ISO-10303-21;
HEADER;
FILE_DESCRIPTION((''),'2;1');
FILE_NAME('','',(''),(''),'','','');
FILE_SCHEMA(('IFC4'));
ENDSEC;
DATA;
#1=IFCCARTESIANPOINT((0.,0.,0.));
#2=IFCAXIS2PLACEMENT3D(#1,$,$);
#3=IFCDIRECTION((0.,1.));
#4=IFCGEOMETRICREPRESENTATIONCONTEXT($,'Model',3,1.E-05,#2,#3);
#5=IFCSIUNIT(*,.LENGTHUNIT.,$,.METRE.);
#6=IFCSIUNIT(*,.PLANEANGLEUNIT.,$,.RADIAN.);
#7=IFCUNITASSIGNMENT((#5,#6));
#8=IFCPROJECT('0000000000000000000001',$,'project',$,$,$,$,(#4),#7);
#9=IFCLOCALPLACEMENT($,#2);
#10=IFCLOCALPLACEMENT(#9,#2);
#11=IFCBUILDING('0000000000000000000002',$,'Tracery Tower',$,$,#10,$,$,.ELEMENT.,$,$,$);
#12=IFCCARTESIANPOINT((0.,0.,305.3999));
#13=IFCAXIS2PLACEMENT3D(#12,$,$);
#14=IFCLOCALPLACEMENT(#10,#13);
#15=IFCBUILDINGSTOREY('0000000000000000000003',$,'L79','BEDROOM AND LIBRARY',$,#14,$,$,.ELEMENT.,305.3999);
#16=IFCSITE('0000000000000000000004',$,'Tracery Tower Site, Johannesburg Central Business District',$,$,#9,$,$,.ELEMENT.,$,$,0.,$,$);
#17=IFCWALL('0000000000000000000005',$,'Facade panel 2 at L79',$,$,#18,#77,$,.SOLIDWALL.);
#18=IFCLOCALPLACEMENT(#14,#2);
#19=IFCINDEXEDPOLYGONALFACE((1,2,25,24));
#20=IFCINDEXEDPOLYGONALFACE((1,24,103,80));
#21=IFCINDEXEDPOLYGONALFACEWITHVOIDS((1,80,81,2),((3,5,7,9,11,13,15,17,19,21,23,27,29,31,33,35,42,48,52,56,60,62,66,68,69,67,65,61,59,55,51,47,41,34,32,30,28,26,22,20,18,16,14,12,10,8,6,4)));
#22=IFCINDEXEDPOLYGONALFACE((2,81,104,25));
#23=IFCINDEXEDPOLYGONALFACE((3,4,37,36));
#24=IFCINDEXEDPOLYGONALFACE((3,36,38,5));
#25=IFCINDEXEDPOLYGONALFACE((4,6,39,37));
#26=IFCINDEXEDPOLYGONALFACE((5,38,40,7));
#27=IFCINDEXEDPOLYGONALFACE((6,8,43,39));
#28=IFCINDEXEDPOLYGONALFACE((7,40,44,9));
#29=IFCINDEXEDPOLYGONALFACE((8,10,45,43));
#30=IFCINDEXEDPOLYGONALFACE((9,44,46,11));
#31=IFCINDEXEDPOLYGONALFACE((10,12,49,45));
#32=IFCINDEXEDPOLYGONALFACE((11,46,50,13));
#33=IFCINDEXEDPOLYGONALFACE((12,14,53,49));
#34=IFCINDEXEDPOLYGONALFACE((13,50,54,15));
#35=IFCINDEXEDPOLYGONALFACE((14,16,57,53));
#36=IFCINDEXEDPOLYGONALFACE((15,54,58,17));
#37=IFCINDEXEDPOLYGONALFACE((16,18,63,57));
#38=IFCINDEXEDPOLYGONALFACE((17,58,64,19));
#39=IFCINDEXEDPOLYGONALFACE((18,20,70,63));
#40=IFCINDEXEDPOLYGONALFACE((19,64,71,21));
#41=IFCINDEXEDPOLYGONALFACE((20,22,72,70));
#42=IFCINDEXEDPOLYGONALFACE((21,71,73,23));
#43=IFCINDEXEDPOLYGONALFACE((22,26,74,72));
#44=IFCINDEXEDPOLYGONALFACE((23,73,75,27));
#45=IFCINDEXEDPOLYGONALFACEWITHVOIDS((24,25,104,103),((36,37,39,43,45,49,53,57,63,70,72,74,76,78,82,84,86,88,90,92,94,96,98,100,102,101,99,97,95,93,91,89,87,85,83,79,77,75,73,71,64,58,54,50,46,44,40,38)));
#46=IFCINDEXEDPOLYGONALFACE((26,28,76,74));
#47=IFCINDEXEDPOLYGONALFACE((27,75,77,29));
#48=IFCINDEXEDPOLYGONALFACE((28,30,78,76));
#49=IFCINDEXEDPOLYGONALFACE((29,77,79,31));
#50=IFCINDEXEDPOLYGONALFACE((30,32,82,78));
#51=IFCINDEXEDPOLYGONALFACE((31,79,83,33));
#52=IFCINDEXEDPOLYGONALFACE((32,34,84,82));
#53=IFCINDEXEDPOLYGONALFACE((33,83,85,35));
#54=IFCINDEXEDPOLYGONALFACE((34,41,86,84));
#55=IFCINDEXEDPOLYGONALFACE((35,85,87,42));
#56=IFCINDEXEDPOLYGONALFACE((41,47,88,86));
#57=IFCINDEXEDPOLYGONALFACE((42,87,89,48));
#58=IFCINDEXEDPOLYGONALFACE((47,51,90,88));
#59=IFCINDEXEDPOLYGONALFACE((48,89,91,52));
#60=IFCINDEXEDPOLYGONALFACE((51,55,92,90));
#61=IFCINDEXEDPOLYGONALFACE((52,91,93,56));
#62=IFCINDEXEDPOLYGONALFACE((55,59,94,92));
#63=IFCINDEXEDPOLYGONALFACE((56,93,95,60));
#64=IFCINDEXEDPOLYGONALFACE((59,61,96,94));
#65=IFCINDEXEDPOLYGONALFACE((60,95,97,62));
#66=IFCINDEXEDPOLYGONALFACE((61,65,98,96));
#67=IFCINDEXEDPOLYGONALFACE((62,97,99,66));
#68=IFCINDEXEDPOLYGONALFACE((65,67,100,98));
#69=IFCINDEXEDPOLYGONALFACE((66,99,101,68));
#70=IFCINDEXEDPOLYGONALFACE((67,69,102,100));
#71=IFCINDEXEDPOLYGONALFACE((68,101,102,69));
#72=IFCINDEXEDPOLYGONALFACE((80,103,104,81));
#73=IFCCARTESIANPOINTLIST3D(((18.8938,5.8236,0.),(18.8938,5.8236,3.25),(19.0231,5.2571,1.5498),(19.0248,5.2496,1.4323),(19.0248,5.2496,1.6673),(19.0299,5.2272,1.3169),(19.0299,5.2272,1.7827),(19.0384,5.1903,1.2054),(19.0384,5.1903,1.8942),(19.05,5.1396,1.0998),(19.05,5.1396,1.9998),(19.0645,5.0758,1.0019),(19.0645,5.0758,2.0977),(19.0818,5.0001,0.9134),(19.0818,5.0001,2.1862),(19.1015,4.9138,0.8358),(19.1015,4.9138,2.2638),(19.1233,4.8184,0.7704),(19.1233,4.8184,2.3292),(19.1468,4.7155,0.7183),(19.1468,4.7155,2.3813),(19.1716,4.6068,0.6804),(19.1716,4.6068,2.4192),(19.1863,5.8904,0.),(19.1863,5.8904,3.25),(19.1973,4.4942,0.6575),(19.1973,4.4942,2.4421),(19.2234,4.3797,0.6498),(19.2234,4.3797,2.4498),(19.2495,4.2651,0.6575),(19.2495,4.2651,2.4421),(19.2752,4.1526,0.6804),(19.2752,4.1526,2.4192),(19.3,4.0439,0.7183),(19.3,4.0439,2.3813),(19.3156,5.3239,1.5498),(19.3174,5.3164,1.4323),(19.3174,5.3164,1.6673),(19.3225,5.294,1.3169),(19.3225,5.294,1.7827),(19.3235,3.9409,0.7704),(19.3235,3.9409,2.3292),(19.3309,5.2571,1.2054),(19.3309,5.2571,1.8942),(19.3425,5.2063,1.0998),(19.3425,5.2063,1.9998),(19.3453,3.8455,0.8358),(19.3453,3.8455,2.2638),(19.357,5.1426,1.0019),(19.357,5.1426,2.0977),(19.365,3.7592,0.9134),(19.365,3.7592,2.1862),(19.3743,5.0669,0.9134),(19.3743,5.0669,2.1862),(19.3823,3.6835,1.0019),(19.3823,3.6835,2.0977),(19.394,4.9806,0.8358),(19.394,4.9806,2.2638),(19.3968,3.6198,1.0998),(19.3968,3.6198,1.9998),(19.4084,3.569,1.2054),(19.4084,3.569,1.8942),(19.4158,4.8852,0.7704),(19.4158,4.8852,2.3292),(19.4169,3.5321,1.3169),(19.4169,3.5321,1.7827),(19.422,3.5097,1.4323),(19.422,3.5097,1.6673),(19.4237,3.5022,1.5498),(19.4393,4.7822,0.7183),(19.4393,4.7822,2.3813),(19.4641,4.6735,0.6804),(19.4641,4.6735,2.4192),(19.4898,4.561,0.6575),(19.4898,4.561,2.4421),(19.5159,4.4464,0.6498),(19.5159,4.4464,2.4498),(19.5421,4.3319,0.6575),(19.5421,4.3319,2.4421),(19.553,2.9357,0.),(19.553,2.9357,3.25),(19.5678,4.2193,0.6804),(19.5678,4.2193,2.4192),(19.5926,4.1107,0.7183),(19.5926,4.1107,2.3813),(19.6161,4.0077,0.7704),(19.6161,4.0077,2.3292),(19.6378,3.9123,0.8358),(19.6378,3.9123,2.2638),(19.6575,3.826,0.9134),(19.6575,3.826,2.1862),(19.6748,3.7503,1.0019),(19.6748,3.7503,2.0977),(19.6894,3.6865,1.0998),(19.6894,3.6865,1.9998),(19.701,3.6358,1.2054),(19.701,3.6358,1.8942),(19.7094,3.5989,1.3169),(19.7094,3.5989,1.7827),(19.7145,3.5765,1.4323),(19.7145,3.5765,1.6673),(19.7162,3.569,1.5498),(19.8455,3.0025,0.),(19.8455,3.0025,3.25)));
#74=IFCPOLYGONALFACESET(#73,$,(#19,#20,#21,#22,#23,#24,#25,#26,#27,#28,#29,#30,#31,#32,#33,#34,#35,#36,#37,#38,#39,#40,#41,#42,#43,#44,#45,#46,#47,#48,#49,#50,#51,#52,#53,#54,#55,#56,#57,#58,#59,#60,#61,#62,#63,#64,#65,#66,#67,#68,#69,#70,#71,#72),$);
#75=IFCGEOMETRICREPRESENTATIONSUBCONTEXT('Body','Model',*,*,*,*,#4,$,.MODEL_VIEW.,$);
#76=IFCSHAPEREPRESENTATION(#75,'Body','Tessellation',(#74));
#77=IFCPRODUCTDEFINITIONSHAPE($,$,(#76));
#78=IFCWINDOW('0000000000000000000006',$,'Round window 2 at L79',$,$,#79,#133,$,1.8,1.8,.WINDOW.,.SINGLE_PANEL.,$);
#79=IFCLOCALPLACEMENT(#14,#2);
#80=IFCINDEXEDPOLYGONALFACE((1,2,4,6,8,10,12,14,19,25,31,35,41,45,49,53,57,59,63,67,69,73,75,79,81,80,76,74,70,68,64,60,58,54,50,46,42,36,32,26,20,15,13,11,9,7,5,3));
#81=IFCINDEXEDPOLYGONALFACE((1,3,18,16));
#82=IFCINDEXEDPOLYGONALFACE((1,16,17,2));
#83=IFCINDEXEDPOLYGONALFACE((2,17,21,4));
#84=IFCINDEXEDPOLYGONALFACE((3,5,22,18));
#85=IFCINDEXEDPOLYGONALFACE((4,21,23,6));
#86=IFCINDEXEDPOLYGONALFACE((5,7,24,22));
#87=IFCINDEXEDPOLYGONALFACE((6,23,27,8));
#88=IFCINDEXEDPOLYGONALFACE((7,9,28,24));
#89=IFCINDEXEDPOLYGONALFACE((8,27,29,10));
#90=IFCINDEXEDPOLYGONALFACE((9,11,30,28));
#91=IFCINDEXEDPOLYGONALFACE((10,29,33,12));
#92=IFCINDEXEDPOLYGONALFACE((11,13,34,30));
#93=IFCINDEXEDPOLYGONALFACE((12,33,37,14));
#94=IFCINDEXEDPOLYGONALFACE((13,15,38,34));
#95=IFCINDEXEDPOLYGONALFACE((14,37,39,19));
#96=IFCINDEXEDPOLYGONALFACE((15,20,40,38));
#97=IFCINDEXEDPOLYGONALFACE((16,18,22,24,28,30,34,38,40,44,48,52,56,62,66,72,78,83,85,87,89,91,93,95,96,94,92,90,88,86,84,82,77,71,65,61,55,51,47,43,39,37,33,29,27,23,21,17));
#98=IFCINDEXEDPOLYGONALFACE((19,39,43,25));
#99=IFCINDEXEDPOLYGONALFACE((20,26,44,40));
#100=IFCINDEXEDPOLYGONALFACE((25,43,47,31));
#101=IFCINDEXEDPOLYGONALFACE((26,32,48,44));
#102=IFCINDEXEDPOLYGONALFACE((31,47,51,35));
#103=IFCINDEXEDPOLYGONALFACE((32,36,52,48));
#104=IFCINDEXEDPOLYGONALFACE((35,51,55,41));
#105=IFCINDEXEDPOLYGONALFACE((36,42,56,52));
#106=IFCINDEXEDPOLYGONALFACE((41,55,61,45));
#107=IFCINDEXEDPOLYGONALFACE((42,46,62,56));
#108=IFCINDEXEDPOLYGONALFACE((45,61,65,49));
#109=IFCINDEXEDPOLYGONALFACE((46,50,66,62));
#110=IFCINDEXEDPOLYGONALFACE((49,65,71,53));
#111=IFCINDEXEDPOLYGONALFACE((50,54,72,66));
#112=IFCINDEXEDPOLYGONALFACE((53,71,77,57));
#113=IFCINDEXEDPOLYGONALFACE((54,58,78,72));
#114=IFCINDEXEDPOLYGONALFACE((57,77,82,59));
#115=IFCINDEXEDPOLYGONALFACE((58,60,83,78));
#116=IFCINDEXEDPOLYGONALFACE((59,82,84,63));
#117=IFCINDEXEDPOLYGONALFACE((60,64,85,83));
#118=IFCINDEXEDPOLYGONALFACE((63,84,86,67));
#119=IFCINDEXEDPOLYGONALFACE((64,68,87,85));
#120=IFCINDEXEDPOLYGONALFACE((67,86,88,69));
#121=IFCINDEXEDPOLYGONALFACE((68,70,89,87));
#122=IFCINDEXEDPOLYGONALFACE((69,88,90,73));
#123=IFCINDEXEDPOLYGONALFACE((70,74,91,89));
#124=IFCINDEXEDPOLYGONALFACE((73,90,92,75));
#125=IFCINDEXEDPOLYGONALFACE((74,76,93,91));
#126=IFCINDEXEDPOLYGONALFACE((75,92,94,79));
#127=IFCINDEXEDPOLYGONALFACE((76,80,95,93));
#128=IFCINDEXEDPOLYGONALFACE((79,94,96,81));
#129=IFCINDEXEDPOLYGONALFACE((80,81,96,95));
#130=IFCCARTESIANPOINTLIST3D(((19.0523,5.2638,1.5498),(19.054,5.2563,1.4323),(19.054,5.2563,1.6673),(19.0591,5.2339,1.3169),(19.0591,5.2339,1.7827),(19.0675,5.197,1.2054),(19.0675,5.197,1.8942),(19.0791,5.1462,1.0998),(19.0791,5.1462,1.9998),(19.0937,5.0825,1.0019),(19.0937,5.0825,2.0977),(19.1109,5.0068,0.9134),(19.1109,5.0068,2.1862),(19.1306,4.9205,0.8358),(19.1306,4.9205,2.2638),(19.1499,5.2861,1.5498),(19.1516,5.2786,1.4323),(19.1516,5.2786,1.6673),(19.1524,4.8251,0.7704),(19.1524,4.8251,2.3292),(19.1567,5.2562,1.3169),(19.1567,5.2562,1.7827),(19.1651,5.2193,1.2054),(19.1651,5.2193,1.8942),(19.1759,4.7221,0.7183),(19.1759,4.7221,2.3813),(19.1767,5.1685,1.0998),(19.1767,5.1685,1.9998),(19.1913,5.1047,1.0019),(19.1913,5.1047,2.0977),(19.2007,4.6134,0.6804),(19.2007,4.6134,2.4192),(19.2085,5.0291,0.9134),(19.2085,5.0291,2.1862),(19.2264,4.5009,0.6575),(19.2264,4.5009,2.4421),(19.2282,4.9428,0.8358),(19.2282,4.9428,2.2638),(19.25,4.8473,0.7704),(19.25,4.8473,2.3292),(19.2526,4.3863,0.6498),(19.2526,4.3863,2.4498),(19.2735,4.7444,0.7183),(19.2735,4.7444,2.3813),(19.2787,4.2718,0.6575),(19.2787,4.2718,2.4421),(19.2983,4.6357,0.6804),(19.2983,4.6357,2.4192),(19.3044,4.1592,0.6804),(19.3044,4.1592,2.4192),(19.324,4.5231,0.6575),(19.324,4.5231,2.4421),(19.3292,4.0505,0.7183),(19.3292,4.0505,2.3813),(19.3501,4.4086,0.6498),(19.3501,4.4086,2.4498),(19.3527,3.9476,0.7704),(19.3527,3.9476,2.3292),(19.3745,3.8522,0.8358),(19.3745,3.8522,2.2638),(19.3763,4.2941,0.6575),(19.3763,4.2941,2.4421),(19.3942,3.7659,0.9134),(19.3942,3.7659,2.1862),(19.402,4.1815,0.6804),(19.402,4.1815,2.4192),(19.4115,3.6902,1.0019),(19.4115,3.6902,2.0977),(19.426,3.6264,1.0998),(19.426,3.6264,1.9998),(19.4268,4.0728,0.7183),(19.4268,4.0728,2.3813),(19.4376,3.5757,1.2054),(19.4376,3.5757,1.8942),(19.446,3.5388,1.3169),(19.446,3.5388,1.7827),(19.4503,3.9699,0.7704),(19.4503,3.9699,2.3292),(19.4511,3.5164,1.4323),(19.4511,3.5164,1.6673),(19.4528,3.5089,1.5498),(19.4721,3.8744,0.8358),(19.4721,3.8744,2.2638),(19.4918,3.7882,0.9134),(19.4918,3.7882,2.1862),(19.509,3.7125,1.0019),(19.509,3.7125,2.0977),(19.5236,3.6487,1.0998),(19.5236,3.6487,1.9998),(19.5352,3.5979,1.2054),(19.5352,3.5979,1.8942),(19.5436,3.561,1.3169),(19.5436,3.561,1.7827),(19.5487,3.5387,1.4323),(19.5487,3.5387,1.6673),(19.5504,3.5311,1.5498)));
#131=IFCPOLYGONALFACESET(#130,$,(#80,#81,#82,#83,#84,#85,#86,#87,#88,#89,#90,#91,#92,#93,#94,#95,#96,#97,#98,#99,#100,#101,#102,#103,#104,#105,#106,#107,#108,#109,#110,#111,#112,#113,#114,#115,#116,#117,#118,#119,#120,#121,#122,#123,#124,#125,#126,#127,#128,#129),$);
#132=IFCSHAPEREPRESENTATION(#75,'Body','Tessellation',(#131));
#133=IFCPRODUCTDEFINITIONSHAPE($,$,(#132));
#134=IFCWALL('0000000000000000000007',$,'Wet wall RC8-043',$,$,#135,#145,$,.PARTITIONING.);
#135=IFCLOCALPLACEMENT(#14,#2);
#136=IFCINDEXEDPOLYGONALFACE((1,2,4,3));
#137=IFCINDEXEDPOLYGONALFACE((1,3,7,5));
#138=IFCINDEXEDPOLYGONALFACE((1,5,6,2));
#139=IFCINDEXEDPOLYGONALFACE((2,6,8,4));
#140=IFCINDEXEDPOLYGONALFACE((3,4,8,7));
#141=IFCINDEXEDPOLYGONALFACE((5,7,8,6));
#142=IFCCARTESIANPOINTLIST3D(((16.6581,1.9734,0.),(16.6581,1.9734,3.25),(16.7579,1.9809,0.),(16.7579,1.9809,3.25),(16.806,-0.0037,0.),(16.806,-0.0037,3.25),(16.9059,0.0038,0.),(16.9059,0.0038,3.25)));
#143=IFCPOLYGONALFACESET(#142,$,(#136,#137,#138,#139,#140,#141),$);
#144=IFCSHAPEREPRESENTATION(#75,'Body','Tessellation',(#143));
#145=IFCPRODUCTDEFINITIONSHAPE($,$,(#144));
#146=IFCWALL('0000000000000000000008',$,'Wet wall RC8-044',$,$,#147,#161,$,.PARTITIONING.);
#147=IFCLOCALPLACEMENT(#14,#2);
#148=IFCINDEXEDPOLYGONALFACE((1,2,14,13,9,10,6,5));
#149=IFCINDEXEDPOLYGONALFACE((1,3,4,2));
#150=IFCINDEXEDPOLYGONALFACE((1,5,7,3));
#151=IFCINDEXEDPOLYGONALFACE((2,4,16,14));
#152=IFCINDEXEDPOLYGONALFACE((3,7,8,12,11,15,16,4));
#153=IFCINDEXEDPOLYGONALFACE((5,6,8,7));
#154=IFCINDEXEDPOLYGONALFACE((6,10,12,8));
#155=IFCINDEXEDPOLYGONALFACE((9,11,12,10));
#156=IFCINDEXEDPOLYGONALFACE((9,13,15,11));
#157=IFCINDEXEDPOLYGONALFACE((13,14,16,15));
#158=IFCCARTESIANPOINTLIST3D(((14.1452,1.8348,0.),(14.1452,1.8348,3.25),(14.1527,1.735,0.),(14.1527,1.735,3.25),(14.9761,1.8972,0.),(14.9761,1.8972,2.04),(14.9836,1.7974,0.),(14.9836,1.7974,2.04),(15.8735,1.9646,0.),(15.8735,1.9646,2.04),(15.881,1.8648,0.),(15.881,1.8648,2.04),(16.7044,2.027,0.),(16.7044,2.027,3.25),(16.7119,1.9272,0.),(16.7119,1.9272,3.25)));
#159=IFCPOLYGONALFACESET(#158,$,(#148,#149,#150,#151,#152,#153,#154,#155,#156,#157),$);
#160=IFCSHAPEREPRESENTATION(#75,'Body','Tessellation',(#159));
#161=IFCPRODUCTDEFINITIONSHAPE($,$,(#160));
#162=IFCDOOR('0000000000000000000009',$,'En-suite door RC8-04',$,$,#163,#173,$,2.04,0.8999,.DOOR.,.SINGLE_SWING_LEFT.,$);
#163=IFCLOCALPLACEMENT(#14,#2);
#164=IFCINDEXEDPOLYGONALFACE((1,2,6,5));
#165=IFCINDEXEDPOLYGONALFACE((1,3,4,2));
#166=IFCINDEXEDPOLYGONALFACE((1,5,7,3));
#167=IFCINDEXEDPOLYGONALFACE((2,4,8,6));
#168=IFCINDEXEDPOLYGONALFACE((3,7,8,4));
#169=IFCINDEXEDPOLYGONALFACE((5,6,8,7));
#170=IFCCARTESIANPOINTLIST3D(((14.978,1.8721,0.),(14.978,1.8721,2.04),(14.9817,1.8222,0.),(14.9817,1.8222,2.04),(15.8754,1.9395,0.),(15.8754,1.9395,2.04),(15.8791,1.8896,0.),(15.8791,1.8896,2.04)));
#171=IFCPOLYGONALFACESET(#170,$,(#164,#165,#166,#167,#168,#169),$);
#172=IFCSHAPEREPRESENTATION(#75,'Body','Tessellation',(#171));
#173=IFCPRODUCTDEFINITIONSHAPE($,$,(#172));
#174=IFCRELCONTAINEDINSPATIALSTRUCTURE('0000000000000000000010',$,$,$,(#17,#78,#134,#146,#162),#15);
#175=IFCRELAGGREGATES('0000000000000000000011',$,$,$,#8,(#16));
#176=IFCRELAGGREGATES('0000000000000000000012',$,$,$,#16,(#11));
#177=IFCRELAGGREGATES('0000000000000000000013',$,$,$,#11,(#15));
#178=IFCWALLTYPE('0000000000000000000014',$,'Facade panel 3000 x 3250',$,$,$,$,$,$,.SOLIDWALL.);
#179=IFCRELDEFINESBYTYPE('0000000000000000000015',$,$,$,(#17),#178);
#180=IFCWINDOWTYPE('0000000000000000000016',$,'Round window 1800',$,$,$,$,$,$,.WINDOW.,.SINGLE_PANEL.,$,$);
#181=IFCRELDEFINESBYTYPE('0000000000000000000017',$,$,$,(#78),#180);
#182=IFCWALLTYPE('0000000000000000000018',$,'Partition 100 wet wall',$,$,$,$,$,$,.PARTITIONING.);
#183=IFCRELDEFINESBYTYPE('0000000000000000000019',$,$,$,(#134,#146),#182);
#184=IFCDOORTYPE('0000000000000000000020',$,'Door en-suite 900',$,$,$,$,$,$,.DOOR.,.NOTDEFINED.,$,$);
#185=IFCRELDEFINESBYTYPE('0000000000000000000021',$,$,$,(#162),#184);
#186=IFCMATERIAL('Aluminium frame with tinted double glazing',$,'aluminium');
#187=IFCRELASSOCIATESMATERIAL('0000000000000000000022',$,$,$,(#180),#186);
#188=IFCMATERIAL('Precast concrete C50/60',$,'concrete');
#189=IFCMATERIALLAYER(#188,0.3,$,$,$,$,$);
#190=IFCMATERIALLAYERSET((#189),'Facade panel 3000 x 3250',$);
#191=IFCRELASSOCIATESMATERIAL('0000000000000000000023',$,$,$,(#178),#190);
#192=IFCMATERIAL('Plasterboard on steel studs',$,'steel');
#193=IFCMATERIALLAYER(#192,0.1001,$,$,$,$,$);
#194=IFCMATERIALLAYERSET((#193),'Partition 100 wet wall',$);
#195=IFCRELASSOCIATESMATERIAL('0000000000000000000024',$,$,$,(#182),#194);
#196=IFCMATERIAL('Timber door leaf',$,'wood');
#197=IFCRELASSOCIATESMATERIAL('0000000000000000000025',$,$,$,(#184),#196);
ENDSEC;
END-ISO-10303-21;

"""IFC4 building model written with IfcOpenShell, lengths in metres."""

from ifc_helpers import new_model, si_unit, direction, frame, frame_2d, origin, origin_2d, place, context, subcontext, project, spatial, rectangle, circle, extrude, material, layer, layer_set, type_object, element, fill, save


model = new_model("IFC4")

# Units and contexts
model_context = context("Model", 3, precision=1e-05, world=origin(), true_north=direction((0.0, 1.0)))
body_context = subcontext(model_context, "Body", "Model", "MODEL_VIEW")
ifc_project = project(units=[si_unit("LENGTHUNIT", "METRE"), si_unit("PLANEANGLEUNIT", "RADIAN")], contexts=[model_context])

# Site, building, storey
site_placement = place(None, origin())
site = spatial("IfcSite", under=ifc_project, at=site_placement, Name="Tracery Tower Site, Johannesburg Central Business District", CompositionType="ELEMENT", RefElevation=0.0)
building_placement = place(site_placement, origin())
building = spatial("IfcBuilding", under=site, at=building_placement, Name="Tracery Tower", CompositionType="ELEMENT")
storey_placement = place(building_placement, frame((0.0, 0.0, 305.3999)))
storey = spatial("IfcBuildingStorey", under=building, at=storey_placement, Name="L79", Description="BEDROOM AND LIBRARY", CompositionType="ELEMENT", Elevation=305.3999)

# Wall, opening, window
ifc_material_1 = material(Name="Aluminium frame with tinted double glazing", Category="aluminium")
window_type = type_object("IfcWindowType", Name="Round window 1800", PartitioningType="SINGLE_PANEL", PredefinedType="WINDOW", material=ifc_material_1)
ifc_material_2 = material(Name="Precast concrete C50/60", Category="concrete")
ifc_layer_1 = layer(ifc_material_2, 0.3)
ifc_layer_set_1 = layer_set([ifc_layer_1], Name="Facade panel 3000 x 3250")
wall_type_1 = type_object("IfcWallType", Name="Facade panel 3000 x 3250", PredefinedType="SOLIDWALL", material=ifc_layer_set_1)
wall_1_placement = place(storey_placement, frame((19.6992, 2.9692, 0.0), z_axis=(0.0, 0.0, 1.0), x_axis=(-0.222529, 0.974926, 0.0)))
wall_1 = element("IfcWall", 1, at=wall_1_placement, inside=storey, type_object=wall_type_1, Name="Facade panel 2 at L79", PredefinedType="SOLIDWALL", context=body_context, shape_type="SweptSolid", body=[
    extrude(rectangle(XDim=2.9622, YDim=0.3, at=frame_2d((1.481, 0.0))), origin(), (0.0, 0.0, 1.0), 3.25),
])
opening_1_placement = place(wall_1_placement, frame((1.481, 0.0, 1.5498)))
opening_1 = element("IfcOpeningElement", 2, at=opening_1_placement, cuts=wall_1, PredefinedType="OPENING", context=body_context, shape_type="SweptSolid", body=[
    extrude(circle(Radius=0.9, at=origin_2d()), frame((0.0, 0.1599, 0.0), z_axis=(0.0, -1.0, 0.0), x_axis=(1.0, 0.0, 0.0)), (0.0, 0.0, 1.0), 0.3201),
])
window_1_placement = place(opening_1_placement, origin())
window_1 = element("IfcWindow", 3, at=window_1_placement, inside=storey, type_object=window_type, Name="Round window 2 at L79", OverallHeight=1.8, OverallWidth=1.8, PartitioningType="SINGLE_PANEL", PredefinedType="WINDOW", context=body_context, shape_type="SweptSolid", body=[
    extrude(circle(Radius=0.9, at=origin_2d()), frame((0.0, 0.1201, 0.0), z_axis=(0.0, -1.0, 0.0), x_axis=(1.0, 0.0, 0.0)), (0.0, 0.0, 1.0), 0.1001),
])
fill(opening_1, window_1)

# Wall
ifc_material_3 = material(Name="Plasterboard on steel studs", Category="steel")
ifc_layer_2 = layer(ifc_material_3, 0.1001)
ifc_layer_set_2 = layer_set([ifc_layer_2], Name="Partition 100 wet wall")
wall_type_2 = type_object("IfcWallType", Name="Partition 100 wet wall", PredefinedType="PARTITIONING", material=ifc_layer_set_2)
wall_2_placement = place(storey_placement, frame((16.708, 1.9771, 0.0), z_axis=(0.0, 0.0, 1.0), x_axis=(0.074625, -0.997212, 0.0)))
element("IfcWall", 4, at=wall_2_placement, inside=storey, type_object=wall_type_2, Name="Wet wall RC8-043", PredefinedType="PARTITIONING", context=body_context, shape_type="SweptSolid", body=[
    extrude(rectangle(XDim=1.9827, YDim=0.1001, at=frame_2d((0.9912, 0.0))), origin(), (0.0, 0.0, 1.0), 3.25),
])

# Wall, opening, door
wall_3_placement = place(storey_placement, frame((14.1489, 1.7849, 0.0), z_axis=(0.0, 0.0, 1.0), x_axis=(0.997193, 0.07487, 0.0)))
wall_3 = element("IfcWall", 5, at=wall_3_placement, inside=storey, type_object=wall_type_2, Name="Wet wall RC8-044", PredefinedType="PARTITIONING", context=body_context, shape_type="SweptSolid", body=[
    extrude(rectangle(XDim=2.5664, YDim=0.1001, at=frame_2d((1.2832, 0.0))), origin(), (0.0, 0.0, 1.0), 3.25),
])
opening_2_placement = place(wall_3_placement, frame((0.8333, 0.0, 0.0)))
opening_2 = element("IfcOpeningElement", 6, at=opening_2_placement, cuts=wall_3, PredefinedType="OPENING", context=body_context, shape_type="SweptSolid", body=[
    extrude(rectangle(XDim=0.8999, YDim=2.04, at=frame_2d((0.45, 1.02))), frame((0.0, 0.05, 0.0), z_axis=(0.0, -1.0, 0.0), x_axis=(1.0, 0.0, 0.0)), (0.0, 0.0, 1.0), 0.1001),
])
ifc_material_4 = material(Name="Timber door leaf", Category="wood")
door_type_1 = type_object("IfcDoorType", Name="Door en-suite 900", OperationType="NOTDEFINED", PredefinedType="DOOR", material=ifc_material_4)
door_1_placement = place(opening_2_placement, origin())
door_1 = element("IfcDoor", 7, at=door_1_placement, inside=storey, type_object=door_type_1, Name="En-suite door RC8-04", OperationType="SINGLE_SWING_LEFT", OverallHeight=2.04, OverallWidth=0.8999, PredefinedType="DOOR", context=body_context, shape_type="SweptSolid", body=[
    extrude(rectangle(XDim=0.8999, YDim=2.04, at=frame_2d((0.45, 1.02))), frame((0.0, 0.0249, 0.0), z_axis=(0.0, -1.0, 0.0), x_axis=(1.0, 0.0, 0.0)), (0.0, 0.0, 1.0), 0.05),
])
fill(opening_2, door_1)

save(model, "model.ifc")
